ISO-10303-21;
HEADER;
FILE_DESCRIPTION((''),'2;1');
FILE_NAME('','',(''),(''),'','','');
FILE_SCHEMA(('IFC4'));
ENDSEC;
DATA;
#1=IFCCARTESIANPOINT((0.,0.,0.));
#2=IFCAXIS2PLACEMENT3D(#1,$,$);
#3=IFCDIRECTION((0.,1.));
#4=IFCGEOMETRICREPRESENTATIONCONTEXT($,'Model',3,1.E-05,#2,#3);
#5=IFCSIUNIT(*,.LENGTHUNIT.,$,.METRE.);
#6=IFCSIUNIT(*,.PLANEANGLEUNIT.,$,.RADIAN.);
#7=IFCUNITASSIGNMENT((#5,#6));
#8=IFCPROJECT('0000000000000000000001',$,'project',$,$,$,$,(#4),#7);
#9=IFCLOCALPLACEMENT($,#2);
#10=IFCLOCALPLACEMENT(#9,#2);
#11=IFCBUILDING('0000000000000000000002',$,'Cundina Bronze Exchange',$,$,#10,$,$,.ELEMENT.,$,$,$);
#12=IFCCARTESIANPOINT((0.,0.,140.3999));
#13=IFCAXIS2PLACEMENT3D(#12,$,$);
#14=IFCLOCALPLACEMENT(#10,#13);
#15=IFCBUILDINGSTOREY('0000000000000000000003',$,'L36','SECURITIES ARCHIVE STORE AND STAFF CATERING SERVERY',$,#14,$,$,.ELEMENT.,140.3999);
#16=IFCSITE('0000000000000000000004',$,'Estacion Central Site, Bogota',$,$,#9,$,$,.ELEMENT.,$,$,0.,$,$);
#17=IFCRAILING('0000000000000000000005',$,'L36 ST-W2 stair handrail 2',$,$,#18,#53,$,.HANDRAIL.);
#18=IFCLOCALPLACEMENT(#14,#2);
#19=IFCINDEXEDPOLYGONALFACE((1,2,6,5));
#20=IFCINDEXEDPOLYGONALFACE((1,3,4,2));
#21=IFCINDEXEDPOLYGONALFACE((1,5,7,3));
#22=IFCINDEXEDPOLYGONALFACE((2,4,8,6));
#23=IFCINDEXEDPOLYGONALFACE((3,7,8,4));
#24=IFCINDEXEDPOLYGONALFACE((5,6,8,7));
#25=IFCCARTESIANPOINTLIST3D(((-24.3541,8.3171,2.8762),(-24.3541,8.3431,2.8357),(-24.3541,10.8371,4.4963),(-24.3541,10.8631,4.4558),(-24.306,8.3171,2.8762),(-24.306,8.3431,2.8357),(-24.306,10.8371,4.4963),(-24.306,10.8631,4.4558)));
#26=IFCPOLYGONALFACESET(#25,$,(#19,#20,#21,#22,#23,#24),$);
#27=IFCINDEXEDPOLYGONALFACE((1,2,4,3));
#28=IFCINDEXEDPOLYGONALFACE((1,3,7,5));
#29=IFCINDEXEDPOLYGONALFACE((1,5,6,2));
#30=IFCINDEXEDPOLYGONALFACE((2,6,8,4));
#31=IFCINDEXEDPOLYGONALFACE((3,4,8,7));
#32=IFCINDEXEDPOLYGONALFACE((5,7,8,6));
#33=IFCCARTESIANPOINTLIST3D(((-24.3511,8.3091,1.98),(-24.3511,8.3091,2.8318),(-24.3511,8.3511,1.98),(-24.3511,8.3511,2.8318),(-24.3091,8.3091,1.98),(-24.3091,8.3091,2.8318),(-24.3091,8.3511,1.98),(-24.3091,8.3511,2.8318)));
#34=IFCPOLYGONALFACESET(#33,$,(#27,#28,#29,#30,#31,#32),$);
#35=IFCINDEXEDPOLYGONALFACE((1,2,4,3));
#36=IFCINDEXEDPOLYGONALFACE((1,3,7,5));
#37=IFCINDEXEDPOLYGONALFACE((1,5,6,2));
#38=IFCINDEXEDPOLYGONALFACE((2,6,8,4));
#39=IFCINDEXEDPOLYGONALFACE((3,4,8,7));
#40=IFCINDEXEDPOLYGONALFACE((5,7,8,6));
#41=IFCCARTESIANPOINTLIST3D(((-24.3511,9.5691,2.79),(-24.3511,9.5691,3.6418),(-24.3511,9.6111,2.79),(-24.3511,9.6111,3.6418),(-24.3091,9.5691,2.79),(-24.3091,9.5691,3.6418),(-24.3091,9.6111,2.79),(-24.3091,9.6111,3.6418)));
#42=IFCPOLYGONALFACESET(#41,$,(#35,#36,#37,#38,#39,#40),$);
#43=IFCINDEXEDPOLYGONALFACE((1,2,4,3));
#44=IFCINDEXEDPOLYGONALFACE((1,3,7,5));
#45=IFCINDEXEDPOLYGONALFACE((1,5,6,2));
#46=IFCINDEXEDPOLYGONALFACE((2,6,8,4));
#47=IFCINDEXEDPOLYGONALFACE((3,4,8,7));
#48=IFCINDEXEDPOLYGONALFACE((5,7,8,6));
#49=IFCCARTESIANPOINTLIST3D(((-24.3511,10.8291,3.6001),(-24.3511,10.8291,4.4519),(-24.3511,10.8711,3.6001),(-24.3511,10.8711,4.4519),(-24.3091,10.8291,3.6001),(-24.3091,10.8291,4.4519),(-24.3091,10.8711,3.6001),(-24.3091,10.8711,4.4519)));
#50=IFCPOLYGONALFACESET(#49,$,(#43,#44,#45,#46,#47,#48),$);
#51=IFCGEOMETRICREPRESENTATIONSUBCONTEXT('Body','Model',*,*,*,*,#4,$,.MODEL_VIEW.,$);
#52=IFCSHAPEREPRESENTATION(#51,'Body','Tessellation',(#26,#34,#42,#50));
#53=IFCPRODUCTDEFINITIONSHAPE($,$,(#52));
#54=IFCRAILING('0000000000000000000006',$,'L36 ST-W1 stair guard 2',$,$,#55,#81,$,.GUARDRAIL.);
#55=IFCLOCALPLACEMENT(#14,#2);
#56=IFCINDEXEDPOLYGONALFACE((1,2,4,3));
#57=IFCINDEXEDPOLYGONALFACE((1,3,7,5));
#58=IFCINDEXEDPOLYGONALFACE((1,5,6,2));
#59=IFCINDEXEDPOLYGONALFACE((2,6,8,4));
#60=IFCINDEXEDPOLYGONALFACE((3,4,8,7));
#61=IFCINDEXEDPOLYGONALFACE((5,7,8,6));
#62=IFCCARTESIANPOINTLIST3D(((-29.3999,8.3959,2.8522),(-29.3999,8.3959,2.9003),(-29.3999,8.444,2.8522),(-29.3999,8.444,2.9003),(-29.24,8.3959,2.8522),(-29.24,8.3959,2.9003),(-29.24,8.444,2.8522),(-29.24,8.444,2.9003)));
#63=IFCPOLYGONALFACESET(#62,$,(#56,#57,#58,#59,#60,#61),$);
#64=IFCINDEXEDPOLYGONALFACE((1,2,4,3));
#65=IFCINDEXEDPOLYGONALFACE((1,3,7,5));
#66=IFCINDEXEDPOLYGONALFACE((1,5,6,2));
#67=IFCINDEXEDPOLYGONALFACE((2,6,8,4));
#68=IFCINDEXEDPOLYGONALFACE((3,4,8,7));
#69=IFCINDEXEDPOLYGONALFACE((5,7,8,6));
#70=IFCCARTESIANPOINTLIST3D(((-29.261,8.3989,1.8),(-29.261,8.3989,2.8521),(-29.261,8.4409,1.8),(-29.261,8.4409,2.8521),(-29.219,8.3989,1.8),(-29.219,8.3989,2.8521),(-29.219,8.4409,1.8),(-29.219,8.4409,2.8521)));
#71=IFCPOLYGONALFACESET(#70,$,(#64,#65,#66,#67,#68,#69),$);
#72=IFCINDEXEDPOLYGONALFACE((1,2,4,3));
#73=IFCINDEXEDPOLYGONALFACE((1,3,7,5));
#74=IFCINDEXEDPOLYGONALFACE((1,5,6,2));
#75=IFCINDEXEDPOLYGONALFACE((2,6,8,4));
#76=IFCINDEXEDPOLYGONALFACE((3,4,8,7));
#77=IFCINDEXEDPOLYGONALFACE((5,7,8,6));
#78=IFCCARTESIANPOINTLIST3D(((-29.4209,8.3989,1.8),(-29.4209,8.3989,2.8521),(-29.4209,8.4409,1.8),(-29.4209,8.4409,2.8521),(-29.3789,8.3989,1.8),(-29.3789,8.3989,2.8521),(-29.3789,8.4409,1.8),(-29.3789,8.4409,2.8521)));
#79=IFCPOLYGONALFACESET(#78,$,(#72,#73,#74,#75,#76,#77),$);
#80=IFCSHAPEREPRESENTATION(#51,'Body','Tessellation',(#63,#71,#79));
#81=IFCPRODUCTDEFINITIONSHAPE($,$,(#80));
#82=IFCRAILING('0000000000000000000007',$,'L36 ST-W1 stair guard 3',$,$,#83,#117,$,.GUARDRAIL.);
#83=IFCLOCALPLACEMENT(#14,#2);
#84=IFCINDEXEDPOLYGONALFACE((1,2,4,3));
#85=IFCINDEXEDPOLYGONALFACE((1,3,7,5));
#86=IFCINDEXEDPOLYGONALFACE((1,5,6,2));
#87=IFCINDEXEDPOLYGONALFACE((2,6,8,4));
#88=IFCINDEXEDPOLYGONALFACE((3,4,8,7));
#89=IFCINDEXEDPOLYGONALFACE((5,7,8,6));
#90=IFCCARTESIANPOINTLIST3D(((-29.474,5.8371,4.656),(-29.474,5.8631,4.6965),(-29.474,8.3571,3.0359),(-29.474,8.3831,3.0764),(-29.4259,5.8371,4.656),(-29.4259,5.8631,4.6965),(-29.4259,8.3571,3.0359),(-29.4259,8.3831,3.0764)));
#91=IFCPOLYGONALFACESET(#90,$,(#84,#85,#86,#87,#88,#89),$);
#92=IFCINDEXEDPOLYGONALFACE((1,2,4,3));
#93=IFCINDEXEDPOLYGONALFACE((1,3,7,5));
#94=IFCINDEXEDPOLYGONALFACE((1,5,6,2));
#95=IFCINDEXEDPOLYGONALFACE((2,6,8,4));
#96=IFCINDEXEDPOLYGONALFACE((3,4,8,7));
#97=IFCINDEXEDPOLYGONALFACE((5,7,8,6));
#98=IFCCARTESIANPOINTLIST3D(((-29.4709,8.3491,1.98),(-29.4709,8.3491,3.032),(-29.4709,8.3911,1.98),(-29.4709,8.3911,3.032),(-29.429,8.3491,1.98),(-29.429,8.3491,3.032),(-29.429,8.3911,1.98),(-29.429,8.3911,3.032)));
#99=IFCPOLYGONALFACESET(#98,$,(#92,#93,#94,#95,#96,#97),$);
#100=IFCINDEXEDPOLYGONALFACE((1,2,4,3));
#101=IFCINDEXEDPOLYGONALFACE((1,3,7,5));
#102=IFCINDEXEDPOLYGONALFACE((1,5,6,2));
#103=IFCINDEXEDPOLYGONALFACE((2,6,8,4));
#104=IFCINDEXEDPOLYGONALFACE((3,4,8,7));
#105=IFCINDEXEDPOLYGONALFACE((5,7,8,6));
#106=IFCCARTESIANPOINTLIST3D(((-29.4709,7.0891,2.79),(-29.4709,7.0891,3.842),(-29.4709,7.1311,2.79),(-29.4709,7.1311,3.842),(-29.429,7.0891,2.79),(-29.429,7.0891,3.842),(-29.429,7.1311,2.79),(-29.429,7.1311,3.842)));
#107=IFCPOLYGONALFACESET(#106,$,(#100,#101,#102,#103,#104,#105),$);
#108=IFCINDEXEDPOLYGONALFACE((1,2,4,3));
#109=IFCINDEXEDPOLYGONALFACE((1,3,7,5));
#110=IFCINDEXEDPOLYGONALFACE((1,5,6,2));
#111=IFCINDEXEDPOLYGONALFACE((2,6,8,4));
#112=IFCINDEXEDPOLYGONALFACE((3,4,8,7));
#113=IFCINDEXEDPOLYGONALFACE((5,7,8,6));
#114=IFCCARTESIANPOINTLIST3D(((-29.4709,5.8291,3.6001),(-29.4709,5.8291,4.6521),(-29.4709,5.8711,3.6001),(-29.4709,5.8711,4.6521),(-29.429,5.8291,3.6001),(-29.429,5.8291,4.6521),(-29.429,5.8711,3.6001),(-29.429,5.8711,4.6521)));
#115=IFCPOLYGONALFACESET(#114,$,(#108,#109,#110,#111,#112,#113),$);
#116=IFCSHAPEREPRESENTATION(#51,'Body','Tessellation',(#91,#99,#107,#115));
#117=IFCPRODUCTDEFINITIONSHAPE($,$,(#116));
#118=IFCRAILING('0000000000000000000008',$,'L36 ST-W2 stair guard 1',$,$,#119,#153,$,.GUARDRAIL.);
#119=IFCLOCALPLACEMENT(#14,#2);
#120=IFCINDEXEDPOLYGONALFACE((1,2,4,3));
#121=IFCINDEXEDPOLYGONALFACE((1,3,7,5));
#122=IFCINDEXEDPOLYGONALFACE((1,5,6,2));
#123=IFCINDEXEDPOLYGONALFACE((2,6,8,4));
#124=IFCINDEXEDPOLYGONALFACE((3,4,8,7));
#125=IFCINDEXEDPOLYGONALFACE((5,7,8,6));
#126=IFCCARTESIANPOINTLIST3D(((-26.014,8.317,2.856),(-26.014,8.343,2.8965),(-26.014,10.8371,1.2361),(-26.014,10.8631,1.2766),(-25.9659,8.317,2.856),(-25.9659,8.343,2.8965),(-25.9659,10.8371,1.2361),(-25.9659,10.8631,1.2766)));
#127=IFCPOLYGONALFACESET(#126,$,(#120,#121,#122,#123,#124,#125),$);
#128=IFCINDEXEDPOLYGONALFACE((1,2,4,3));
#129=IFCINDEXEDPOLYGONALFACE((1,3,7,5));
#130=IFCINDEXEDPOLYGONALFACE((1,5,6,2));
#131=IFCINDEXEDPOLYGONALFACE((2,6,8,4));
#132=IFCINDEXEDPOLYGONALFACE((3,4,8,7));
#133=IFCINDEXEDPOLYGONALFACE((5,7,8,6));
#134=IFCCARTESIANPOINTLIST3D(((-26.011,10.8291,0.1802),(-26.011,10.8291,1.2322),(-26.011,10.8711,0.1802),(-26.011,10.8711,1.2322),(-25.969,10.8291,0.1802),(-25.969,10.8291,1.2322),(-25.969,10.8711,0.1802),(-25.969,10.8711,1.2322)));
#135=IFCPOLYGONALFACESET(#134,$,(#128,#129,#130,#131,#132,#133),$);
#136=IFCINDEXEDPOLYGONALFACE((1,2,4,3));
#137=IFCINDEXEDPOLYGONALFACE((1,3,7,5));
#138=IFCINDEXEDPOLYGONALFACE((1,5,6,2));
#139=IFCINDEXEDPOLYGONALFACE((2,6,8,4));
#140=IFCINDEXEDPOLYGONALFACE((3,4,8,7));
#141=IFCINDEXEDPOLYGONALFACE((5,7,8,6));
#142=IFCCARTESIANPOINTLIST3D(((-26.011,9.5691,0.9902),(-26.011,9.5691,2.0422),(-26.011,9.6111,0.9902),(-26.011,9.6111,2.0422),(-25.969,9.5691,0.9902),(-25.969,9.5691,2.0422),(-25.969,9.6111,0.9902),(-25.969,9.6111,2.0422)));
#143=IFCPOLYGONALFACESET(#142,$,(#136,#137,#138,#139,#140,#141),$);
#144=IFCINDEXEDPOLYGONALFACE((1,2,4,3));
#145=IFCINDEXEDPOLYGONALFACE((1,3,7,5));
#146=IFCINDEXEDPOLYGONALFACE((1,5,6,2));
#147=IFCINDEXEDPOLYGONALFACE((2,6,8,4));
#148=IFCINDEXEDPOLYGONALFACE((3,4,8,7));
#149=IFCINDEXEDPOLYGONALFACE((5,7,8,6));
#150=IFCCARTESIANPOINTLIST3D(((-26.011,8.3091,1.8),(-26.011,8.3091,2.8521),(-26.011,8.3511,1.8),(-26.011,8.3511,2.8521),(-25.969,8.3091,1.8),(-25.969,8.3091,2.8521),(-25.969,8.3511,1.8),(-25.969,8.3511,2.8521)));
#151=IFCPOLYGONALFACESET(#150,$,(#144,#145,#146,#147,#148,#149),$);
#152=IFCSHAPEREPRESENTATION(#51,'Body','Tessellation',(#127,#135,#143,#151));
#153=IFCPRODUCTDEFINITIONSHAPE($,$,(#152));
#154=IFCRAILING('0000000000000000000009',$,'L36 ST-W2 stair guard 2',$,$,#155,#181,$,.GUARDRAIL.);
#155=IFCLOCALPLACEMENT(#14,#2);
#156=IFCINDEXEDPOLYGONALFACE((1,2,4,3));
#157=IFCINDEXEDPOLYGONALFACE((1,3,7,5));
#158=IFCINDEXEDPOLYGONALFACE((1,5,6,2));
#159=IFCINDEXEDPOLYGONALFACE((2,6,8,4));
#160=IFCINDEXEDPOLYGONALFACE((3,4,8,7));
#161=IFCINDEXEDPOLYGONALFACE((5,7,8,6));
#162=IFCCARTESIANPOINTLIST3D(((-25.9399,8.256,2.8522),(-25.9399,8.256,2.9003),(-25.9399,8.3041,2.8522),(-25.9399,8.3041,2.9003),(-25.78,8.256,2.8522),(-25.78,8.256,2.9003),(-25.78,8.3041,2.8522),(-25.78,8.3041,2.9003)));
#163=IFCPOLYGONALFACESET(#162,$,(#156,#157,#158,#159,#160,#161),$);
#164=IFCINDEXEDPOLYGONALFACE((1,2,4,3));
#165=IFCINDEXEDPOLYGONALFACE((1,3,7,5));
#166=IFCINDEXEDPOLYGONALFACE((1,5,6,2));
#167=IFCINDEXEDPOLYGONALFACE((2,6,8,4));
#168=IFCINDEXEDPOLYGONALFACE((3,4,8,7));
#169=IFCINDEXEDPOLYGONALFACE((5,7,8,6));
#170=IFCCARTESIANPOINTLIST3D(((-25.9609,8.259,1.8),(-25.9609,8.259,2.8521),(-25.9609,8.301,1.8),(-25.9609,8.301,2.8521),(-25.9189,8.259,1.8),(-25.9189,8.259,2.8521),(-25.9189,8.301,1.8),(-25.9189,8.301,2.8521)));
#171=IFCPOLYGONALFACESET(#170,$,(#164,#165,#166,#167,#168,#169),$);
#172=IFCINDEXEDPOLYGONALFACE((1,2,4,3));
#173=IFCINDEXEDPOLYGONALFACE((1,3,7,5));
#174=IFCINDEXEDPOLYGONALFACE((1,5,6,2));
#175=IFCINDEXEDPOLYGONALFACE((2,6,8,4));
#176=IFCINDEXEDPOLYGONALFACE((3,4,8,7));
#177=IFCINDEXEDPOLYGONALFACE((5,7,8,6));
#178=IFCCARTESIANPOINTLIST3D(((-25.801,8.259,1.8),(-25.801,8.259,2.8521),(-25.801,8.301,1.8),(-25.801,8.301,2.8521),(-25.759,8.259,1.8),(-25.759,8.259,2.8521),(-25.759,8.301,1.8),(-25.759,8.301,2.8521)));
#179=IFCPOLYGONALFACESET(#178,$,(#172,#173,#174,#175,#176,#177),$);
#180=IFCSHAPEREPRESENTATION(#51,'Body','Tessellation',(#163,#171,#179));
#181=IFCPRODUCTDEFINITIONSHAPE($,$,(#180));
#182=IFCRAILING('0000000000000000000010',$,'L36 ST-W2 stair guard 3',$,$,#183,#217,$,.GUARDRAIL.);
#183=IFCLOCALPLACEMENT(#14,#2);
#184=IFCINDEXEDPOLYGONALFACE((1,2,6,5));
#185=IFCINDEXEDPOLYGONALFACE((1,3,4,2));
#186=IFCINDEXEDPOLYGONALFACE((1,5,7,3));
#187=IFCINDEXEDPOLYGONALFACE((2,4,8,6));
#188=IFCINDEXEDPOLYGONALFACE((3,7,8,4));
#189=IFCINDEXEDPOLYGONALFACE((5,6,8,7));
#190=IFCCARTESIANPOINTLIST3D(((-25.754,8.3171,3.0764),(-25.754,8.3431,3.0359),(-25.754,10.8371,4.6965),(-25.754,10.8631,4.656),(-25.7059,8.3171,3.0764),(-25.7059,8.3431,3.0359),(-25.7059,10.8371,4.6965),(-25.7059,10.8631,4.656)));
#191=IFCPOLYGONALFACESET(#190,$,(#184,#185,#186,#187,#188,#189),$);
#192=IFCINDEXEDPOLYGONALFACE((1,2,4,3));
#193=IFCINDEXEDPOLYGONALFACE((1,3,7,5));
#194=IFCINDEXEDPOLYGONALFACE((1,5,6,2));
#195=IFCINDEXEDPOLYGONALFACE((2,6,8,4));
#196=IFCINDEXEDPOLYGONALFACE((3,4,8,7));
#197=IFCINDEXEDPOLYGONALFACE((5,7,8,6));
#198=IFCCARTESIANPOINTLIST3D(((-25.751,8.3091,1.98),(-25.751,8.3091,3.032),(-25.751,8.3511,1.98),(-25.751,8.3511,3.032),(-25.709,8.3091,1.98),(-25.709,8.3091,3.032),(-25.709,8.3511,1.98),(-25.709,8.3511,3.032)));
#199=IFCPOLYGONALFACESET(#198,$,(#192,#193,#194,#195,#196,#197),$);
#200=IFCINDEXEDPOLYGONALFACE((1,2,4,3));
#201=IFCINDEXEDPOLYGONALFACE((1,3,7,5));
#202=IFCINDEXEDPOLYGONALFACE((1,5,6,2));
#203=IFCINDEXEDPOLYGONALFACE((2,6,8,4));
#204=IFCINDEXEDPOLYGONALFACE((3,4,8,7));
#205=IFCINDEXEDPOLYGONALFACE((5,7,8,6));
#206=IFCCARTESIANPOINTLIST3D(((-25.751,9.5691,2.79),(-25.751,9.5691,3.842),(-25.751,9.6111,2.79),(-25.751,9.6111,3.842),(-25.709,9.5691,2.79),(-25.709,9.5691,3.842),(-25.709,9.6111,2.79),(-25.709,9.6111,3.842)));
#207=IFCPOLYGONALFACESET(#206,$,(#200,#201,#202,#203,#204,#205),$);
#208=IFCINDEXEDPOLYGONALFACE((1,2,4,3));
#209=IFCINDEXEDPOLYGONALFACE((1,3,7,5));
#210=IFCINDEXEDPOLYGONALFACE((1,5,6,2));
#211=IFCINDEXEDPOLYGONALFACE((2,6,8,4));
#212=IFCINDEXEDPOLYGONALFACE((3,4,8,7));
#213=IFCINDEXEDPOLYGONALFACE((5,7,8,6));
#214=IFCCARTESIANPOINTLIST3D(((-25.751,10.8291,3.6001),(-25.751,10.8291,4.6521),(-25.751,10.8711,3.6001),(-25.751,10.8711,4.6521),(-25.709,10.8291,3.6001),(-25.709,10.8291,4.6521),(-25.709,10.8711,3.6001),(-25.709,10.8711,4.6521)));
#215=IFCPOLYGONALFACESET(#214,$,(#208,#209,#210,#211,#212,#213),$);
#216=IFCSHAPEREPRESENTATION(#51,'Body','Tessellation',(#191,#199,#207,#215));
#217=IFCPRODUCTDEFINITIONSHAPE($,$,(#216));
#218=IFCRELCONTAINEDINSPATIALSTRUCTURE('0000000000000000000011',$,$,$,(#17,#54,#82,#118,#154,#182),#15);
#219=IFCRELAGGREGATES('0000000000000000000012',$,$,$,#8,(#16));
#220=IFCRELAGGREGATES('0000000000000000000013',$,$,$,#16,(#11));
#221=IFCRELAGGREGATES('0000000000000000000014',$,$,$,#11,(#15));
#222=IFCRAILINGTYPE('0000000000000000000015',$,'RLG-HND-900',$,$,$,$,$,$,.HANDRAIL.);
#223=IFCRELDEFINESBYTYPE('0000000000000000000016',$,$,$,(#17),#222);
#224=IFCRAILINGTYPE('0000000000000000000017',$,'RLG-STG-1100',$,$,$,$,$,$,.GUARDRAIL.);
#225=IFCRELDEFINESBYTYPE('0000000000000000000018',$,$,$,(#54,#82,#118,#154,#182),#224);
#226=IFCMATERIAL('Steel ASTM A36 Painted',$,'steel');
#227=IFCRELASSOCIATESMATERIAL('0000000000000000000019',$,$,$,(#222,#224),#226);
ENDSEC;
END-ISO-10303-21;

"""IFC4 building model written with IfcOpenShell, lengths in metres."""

from ifc_helpers import new_model, si_unit, direction, frame, origin, origin_2d, place, context, subcontext, project, spatial, rectangle, extrude, material, type_object, element, save


model = new_model("IFC4")

# Units and contexts
model_context = context("Model", 3, precision=1e-05, world=origin(), true_north=direction((0.0, 1.0)))
body_context = subcontext(model_context, "Body", "Model", "MODEL_VIEW")
ifc_project = project(units=[si_unit("LENGTHUNIT", "METRE"), si_unit("PLANEANGLEUNIT", "RADIAN")], contexts=[model_context])

# Site, building, storey
site_placement = place(None, origin())
site = spatial("IfcSite", under=ifc_project, at=site_placement, Name="Estacion Central Site, Bogota", CompositionType="ELEMENT", RefElevation=0.0)
building_placement = place(site_placement, origin())
building = spatial("IfcBuilding", under=site, at=building_placement, Name="Cundina Bronze Exchange", CompositionType="ELEMENT")
storey_placement = place(building_placement, frame((0.0, 0.0, 140.3999)))
storey = spatial("IfcBuildingStorey", under=building, at=storey_placement, Name="L36", Description="SECURITIES ARCHIVE STORE AND STAFF CATERING SERVERY", CompositionType="ELEMENT", Elevation=140.3999)

# Shared definitions
ifc_material_1 = material(Name="Steel ASTM A36 Painted", Category="steel")

# Railings
railing_type_1 = type_object("IfcRailingType", Name="RLG-HND-900", PredefinedType="HANDRAIL", material=ifc_material_1)
railing_1_placement = place(storey_placement, frame((-24.3301, 8.3301, 1.98)))
element("IfcRailing", 1, at=railing_1_placement, inside=storey, type_object=railing_type_1, Name="L36 ST-W2 stair handrail 2", PredefinedType="HANDRAIL", context=body_context, shape_type="SweptSolid", body=[
    extrude(rectangle(XDim=0.0481, YDim=0.0481, at=origin_2d()), frame((0.0, 0.0, 0.876), z_axis=(0.0, 0.841163, 0.540782), x_axis=(-1.0, 0.0, 0.0)), (0.0, 0.0, 1.0), 2.9958),
    extrude(rectangle(XDim=0.042, YDim=0.042, at=origin_2d()), origin(), (0.0, 0.0, 1.0), 0.8518),
    extrude(rectangle(XDim=0.042, YDim=0.042, at=origin_2d()), frame((0.0, 1.26, 0.8101)), (0.0, 0.0, 1.0), 0.8518),
    extrude(rectangle(XDim=0.042, YDim=0.042, at=origin_2d()), frame((0.0, 2.52, 1.6201)), (0.0, 0.0, 1.0), 0.8518),
])
railing_type_2 = type_object("IfcRailingType", Name="RLG-STG-1100", PredefinedType="GUARDRAIL", material=ifc_material_1)
railing_2_placement = place(storey_placement, frame((-29.24, 8.4199, 1.8)))
element("IfcRailing", 2, at=railing_2_placement, inside=storey, type_object=railing_type_2, Name="L36 ST-W1 stair guard 2", PredefinedType="GUARDRAIL", context=body_context, shape_type="SweptSolid", body=[
    extrude(rectangle(XDim=0.0481, YDim=0.0481, at=origin_2d()), frame((0.0, 0.0, 1.0762), z_axis=(-1.0, 0.0, 0.0), x_axis=(0.0, -1.0, 0.0)), (0.0, 0.0, 1.0), 0.1599),
    extrude(rectangle(XDim=0.042, YDim=0.042, at=origin_2d()), origin(), (0.0, 0.0, 1.0), 1.052),
    extrude(rectangle(XDim=0.042, YDim=0.042, at=origin_2d()), frame((-0.1599, 0.0, 0.0)), (0.0, 0.0, 1.0), 1.052),
])
railing_3_placement = place(storey_placement, frame((-29.45, 8.3701, 1.98)))
element("IfcRailing", 3, at=railing_3_placement, inside=storey, type_object=railing_type_2, Name="L36 ST-W1 stair guard 3", PredefinedType="GUARDRAIL", context=body_context, shape_type="SweptSolid", body=[
    extrude(rectangle(XDim=0.0481, YDim=0.0481, at=origin_2d()), frame((0.0, 0.0, 1.0762), z_axis=(0.0, -0.841163, 0.540782), x_axis=(1.0, 0.0, 0.0)), (0.0, 0.0, 1.0), 2.9958),
    extrude(rectangle(XDim=0.042, YDim=0.042, at=origin_2d()), origin(), (0.0, 0.0, 1.0), 1.052),
    extrude(rectangle(XDim=0.042, YDim=0.042, at=origin_2d()), frame((0.0, -1.26, 0.8101)), (0.0, 0.0, 1.0), 1.052),
    extrude(rectangle(XDim=0.042, YDim=0.042, at=origin_2d()), frame((0.0, -2.52, 1.6201)), (0.0, 0.0, 1.0), 1.052),
])
railing_4_placement = place(storey_placement, frame((-25.99, 10.8501, 0.1802)))
element("IfcRailing", 4, at=railing_4_placement, inside=storey, type_object=railing_type_2, Name="L36 ST-W2 stair guard 1", PredefinedType="GUARDRAIL", context=body_context, shape_type="SweptSolid", body=[
    extrude(rectangle(XDim=0.0481, YDim=0.0481, at=origin_2d()), frame((0.0, 0.0, 1.0762), z_axis=(0.0, -0.8412, 0.540725), x_axis=(1.0, 0.0, 0.0)), (0.0, 0.0, 1.0), 2.9958),
    extrude(rectangle(XDim=0.042, YDim=0.042, at=origin_2d()), origin(), (0.0, 0.0, 1.0), 1.052),
    extrude(rectangle(XDim=0.042, YDim=0.042, at=origin_2d()), frame((0.0, -1.26, 0.8101)), (0.0, 0.0, 1.0), 1.052),
    extrude(rectangle(XDim=0.042, YDim=0.042, at=origin_2d()), frame((0.0, -2.52, 1.6199)), (0.0, 0.0, 1.0), 1.052),
])
railing_5_placement = place(storey_placement, frame((-25.9399, 8.28, 1.8)))
element("IfcRailing", 5, at=railing_5_placement, inside=storey, type_object=railing_type_2, Name="L36 ST-W2 stair guard 2", PredefinedType="GUARDRAIL", context=body_context, shape_type="SweptSolid", body=[
    extrude(rectangle(XDim=0.0481, YDim=0.0481, at=origin_2d()), frame((0.0, 0.0, 1.0762), z_axis=(1.0, 0.0, 0.0), x_axis=(0.0, 1.0, 0.0)), (0.0, 0.0, 1.0), 0.1599),
    extrude(rectangle(XDim=0.042, YDim=0.042, at=origin_2d()), origin(), (0.0, 0.0, 1.0), 1.052),
    extrude(rectangle(XDim=0.042, YDim=0.042, at=origin_2d()), frame((0.1599, 0.0, 0.0)), (0.0, 0.0, 1.0), 1.052),
])
railing_6_placement = place(storey_placement, frame((-25.73, 8.3301, 1.98)))
element("IfcRailing", 6, at=railing_6_placement, inside=storey, type_object=railing_type_2, Name="L36 ST-W2 stair guard 3", PredefinedType="GUARDRAIL", context=body_context, shape_type="SweptSolid", body=[
    extrude(rectangle(XDim=0.0481, YDim=0.0481, at=origin_2d()), frame((0.0, 0.0, 1.0762), z_axis=(0.0, 0.841163, 0.540782), x_axis=(-1.0, 0.0, 0.0)), (0.0, 0.0, 1.0), 2.9958),
    extrude(rectangle(XDim=0.042, YDim=0.042, at=origin_2d()), origin(), (0.0, 0.0, 1.0), 1.052),
    extrude(rectangle(XDim=0.042, YDim=0.042, at=origin_2d()), frame((0.0, 1.26, 0.8101)), (0.0, 0.0, 1.0), 1.052),
    extrude(rectangle(XDim=0.042, YDim=0.042, at=origin_2d()), frame((0.0, 2.52, 1.6201)), (0.0, 0.0, 1.0), 1.052),
])

save(model, "model.ifc")
